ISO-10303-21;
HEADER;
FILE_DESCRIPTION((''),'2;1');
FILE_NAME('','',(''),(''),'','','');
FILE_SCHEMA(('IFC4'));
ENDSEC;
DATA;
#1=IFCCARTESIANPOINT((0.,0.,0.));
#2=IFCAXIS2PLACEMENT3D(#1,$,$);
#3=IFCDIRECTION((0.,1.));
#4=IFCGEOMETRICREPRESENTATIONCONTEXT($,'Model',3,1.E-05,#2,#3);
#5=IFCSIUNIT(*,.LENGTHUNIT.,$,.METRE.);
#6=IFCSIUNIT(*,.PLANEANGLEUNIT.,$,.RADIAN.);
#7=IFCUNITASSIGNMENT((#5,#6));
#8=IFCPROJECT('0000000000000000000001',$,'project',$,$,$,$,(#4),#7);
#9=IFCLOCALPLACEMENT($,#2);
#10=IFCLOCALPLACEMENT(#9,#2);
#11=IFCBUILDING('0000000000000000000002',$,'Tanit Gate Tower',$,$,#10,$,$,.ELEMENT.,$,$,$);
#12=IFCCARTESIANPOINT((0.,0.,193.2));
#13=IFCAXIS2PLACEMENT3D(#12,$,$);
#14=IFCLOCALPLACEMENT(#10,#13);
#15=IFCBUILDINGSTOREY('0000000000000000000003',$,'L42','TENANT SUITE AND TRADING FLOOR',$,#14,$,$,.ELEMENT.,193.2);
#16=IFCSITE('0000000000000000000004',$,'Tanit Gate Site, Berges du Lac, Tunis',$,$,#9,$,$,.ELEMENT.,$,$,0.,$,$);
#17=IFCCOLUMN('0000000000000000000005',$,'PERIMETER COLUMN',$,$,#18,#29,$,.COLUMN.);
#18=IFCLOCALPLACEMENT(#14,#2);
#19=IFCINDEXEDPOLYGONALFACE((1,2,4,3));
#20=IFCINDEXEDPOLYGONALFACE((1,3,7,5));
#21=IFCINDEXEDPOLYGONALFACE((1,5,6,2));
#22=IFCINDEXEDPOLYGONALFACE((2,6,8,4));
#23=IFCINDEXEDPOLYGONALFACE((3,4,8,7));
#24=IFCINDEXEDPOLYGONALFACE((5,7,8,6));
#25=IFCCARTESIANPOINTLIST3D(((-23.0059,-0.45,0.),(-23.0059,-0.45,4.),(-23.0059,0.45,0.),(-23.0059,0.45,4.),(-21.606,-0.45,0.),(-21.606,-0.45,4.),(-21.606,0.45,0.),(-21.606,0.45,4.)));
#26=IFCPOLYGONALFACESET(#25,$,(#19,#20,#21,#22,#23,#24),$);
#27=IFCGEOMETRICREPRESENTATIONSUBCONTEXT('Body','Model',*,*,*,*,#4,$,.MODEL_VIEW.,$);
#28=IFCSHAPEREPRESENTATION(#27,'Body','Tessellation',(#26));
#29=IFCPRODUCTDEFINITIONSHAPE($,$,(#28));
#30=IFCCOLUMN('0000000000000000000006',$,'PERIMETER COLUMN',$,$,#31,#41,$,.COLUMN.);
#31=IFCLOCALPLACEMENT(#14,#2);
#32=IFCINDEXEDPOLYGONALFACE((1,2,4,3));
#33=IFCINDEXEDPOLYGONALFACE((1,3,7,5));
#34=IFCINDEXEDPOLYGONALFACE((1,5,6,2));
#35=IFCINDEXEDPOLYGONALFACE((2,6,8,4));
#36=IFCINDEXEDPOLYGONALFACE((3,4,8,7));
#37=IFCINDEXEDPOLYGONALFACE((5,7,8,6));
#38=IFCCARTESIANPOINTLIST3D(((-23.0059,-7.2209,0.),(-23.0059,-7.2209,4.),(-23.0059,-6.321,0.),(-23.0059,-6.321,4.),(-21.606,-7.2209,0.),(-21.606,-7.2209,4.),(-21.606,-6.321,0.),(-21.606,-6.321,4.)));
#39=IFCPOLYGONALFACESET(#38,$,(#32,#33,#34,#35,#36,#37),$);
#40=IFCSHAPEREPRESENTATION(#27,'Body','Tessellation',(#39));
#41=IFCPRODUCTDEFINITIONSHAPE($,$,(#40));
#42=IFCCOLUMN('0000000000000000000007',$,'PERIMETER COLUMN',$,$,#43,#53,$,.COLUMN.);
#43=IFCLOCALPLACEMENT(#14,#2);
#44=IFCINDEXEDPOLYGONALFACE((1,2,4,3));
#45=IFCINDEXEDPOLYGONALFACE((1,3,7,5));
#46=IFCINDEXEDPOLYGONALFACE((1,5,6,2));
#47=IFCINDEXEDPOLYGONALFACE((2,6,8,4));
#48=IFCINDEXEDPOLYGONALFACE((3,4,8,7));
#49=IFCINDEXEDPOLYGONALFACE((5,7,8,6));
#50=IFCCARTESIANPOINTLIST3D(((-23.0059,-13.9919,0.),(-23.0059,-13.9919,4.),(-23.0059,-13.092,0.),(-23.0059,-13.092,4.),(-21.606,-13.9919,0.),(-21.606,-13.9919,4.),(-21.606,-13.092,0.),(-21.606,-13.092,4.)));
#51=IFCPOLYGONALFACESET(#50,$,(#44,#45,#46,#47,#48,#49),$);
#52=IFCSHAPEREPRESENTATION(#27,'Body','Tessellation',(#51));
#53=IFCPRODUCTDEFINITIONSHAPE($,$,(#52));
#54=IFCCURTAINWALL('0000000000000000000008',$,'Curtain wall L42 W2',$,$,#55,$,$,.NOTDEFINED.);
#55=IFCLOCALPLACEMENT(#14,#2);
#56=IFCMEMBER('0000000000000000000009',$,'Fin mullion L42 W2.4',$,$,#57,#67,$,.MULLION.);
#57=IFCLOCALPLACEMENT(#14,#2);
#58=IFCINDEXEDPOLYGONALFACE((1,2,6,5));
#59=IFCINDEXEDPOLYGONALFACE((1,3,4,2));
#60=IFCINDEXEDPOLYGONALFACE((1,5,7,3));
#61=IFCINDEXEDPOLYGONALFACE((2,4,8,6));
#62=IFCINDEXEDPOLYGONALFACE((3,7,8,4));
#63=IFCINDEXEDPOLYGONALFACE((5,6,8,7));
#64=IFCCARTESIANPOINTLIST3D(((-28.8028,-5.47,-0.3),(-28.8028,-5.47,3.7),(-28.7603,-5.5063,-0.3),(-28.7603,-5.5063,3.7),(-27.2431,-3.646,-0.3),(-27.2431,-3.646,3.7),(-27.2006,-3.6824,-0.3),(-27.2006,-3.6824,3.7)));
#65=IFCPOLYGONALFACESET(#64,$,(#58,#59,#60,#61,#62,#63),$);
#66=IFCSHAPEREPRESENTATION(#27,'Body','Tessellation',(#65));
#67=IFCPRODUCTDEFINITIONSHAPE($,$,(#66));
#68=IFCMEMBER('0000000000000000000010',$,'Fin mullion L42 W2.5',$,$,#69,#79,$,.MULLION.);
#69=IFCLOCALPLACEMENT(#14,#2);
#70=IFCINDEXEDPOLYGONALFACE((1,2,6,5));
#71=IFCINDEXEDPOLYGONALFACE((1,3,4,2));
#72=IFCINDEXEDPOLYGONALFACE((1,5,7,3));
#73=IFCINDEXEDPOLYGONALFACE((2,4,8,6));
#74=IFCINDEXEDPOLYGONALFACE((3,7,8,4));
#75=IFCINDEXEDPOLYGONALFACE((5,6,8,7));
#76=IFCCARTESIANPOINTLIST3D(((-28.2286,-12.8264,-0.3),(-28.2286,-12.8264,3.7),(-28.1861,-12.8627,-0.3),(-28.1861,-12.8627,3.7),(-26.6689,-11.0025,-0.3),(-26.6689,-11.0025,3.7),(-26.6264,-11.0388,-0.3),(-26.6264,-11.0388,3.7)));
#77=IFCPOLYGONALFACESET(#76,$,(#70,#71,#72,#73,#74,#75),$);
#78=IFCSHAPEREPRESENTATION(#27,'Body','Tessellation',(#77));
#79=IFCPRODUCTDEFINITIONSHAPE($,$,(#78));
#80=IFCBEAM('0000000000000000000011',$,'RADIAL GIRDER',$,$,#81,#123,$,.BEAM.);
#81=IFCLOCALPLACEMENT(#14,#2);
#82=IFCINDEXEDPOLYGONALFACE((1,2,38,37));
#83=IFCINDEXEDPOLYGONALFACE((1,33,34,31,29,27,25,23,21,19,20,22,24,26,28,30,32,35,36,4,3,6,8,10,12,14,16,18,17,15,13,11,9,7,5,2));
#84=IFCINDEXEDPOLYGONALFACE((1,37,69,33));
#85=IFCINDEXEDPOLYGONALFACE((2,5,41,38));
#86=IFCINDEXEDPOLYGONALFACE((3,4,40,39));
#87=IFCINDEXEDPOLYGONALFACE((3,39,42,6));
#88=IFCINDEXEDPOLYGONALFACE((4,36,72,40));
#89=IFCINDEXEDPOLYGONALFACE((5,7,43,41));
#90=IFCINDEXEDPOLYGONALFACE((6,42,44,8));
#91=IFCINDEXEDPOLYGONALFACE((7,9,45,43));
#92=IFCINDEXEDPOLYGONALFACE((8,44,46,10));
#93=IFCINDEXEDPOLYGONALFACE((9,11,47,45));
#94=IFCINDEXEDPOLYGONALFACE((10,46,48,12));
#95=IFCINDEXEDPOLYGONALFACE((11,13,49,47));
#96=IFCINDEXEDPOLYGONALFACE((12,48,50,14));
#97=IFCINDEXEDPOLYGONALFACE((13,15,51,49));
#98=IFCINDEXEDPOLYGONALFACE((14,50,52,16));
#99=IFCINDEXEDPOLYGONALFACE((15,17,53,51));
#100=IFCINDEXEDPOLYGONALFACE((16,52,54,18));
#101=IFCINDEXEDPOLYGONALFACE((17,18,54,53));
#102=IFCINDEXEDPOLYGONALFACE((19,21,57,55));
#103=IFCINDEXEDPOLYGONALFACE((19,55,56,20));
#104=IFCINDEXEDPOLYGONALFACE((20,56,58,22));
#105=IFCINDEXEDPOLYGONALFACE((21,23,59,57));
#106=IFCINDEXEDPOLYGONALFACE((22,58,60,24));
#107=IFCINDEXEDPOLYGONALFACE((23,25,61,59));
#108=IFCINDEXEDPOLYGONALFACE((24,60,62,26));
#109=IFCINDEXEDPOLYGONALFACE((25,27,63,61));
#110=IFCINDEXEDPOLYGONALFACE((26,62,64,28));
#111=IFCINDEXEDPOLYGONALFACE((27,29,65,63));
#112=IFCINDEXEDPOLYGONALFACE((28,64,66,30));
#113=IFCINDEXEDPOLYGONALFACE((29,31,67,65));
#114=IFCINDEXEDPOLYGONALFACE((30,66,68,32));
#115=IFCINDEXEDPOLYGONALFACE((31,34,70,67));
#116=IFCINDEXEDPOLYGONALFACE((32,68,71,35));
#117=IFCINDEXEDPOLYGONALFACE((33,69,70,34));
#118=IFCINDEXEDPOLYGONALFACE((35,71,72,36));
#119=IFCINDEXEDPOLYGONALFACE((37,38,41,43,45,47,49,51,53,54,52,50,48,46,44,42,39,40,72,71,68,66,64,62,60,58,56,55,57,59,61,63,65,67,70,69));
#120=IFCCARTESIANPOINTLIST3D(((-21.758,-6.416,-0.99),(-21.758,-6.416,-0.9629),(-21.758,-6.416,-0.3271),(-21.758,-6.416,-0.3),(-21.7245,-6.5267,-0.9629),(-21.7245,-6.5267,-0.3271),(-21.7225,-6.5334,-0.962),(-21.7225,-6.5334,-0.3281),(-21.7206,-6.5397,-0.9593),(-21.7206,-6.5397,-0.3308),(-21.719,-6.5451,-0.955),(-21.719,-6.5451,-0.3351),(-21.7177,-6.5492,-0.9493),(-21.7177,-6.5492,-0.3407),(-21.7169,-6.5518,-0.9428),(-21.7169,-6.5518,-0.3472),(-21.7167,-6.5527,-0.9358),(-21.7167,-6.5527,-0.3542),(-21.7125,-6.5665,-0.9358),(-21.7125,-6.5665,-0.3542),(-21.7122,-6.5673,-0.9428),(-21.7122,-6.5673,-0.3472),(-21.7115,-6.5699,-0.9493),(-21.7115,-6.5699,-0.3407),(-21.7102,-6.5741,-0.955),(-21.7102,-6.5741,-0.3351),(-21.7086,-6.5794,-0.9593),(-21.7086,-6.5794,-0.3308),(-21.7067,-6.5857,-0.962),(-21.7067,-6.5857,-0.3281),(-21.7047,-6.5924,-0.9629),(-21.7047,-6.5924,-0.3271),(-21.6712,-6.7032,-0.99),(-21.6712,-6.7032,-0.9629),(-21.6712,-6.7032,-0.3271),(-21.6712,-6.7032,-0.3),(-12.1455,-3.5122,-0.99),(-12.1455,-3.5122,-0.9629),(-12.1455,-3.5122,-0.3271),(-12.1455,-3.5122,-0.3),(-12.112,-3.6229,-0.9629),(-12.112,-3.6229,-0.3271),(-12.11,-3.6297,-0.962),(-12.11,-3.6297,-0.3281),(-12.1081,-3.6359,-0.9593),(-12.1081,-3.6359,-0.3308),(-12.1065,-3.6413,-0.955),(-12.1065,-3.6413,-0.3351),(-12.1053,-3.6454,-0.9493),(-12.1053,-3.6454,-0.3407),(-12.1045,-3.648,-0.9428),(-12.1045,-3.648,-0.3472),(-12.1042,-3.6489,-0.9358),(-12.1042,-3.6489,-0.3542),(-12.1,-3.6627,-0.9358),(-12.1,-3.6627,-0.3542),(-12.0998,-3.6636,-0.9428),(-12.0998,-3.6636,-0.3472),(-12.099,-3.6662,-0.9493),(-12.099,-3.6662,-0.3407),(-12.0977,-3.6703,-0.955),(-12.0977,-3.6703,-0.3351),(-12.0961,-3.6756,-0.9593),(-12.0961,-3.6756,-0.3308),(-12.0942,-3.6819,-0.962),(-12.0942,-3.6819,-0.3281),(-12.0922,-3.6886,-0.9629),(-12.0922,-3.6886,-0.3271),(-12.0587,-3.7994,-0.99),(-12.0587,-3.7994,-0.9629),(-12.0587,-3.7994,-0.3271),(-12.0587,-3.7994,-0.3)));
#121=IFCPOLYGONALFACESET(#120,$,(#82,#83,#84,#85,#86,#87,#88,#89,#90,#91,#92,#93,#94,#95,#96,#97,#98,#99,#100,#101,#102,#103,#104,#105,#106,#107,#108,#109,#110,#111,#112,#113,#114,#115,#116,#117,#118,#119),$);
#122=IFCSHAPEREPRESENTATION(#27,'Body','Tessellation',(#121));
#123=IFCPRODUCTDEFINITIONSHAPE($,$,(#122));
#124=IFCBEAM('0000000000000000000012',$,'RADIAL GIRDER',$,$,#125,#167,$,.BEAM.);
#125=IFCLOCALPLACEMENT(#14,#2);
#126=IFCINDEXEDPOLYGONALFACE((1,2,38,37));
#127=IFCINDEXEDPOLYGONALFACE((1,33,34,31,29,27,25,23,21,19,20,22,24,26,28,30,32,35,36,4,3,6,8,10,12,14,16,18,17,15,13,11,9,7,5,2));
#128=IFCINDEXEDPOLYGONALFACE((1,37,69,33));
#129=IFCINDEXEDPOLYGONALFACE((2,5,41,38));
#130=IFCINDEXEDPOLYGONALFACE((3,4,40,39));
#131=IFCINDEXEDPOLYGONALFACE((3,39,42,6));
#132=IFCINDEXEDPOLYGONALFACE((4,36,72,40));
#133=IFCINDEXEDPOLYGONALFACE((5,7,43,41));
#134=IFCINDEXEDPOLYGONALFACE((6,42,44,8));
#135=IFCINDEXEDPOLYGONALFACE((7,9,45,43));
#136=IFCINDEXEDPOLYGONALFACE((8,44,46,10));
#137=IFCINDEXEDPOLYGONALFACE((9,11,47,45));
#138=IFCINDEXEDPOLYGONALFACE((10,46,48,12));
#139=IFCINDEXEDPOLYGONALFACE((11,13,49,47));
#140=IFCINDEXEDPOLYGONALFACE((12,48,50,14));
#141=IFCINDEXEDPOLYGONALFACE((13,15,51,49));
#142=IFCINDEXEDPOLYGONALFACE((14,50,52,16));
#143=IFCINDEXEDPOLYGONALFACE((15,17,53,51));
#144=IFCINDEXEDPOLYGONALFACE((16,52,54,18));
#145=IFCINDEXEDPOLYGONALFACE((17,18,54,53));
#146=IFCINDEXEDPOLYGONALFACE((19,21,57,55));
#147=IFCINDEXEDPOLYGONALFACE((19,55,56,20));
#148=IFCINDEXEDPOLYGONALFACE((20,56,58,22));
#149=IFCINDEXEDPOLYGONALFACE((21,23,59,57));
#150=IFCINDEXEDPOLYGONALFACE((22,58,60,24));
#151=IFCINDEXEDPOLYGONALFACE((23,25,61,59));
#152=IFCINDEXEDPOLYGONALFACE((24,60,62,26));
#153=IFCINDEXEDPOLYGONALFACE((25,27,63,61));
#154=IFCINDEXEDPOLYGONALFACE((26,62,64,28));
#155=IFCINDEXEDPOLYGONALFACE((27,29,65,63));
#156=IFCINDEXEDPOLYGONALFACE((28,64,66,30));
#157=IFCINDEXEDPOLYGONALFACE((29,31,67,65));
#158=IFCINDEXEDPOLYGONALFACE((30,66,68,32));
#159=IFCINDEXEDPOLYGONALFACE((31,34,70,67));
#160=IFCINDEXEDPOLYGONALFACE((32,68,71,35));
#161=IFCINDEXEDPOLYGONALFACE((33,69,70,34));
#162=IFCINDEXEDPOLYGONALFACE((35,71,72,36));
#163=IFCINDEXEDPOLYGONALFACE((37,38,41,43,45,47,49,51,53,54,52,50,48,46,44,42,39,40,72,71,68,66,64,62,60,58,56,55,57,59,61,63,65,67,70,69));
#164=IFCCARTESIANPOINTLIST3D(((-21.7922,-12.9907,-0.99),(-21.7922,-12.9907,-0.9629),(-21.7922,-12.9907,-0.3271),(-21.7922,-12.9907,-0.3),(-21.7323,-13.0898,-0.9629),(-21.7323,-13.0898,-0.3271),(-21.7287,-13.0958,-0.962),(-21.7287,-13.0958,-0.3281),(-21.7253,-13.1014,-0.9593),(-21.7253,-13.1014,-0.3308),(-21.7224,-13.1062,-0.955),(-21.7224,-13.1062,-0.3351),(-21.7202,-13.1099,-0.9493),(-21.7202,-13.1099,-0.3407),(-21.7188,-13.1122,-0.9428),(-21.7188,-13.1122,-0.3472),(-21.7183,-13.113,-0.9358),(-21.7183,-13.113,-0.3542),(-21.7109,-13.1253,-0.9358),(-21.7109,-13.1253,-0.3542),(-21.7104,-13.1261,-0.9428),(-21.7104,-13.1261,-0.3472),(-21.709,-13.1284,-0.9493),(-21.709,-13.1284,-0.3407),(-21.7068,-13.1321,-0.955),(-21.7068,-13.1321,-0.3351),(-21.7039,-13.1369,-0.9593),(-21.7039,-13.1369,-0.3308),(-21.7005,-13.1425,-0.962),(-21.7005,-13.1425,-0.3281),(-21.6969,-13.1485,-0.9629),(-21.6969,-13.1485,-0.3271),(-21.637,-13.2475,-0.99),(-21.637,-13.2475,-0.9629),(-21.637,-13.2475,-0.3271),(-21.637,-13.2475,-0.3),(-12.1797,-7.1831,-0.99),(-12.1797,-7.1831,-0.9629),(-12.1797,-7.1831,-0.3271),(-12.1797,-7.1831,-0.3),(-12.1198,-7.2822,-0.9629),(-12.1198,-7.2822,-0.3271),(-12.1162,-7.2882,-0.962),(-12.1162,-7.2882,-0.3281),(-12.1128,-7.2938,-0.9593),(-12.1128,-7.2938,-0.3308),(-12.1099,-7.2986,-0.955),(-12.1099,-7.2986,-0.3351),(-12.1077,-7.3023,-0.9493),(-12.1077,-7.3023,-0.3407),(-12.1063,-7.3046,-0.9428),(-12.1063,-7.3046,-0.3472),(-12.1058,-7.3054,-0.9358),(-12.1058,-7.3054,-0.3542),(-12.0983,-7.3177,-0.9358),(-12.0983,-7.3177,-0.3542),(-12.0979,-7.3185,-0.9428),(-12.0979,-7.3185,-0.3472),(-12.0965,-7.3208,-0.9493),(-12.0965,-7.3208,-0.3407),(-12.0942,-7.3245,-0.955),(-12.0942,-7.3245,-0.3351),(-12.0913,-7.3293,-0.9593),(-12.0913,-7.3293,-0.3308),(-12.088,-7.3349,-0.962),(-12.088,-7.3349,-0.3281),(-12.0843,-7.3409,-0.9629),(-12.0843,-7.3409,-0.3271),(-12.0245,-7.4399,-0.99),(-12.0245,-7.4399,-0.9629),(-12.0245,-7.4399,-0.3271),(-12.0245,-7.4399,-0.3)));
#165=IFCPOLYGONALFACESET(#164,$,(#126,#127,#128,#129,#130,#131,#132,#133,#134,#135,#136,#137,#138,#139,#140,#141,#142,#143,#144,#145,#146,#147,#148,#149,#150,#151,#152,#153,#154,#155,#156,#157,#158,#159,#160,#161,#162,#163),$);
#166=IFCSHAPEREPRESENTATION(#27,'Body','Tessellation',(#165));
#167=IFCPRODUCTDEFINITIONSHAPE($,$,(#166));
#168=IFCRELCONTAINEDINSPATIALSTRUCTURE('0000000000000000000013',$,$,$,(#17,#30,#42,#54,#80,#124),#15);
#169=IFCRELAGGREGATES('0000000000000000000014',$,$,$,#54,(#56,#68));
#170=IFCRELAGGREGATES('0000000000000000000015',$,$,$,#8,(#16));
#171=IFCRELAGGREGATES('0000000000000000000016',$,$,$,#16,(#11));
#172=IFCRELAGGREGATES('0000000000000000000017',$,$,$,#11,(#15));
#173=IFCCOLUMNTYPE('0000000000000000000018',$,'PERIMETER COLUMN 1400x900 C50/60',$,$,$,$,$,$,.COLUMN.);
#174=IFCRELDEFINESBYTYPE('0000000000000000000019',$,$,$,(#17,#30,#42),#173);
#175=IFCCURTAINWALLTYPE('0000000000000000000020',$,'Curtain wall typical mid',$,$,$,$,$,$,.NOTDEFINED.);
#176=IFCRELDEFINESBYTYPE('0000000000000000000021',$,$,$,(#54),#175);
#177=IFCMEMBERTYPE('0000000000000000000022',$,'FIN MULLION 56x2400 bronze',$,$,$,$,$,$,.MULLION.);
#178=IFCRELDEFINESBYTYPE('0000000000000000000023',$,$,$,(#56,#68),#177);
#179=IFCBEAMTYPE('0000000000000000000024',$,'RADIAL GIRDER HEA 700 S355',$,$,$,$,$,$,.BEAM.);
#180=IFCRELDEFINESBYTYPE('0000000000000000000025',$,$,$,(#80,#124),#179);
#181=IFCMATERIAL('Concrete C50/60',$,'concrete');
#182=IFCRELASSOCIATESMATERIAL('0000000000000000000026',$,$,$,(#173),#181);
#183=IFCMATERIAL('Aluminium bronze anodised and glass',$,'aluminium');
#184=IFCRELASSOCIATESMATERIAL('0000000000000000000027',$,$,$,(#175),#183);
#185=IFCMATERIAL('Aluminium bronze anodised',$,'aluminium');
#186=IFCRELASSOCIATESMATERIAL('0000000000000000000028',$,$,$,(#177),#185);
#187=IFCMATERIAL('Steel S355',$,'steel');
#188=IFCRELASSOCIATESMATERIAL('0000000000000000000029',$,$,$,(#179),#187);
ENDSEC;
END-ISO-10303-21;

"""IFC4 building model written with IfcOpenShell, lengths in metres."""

from ifc_helpers import new_model, si_unit, direction, frame, origin, origin_2d, place, context, subcontext, project, spatial, rectangle, i_section, extrude, material, material_profile, profile_set, type_object, element, aggregate, save


model = new_model("IFC4")

# Units and contexts
model_context = context("Model", 3, precision=1e-05, world=origin(), true_north=direction((0.0, 1.0)))
body_context = subcontext(model_context, "Body", "Model", "MODEL_VIEW")
ifc_project = project(units=[si_unit("LENGTHUNIT", "METRE"), si_unit("PLANEANGLEUNIT", "RADIAN")], contexts=[model_context])

# Site, building, storey
site_placement = place(None, origin())
site = spatial("IfcSite", under=ifc_project, at=site_placement, Name="Tanit Gate Site, Berges du Lac, Tunis", CompositionType="ELEMENT", RefElevation=0.0)
building_placement = place(site_placement, origin())
building = spatial("IfcBuilding", under=site, at=building_placement, Name="Tanit Gate Tower", CompositionType="ELEMENT")
storey_placement = place(building_placement, frame((0.0, 0.0, 193.2)))
storey = spatial("IfcBuildingStorey", under=building, at=storey_placement, Name="L42", Description="TENANT SUITE AND TRADING FLOOR", CompositionType="ELEMENT", Elevation=193.2)

# Columns
ifc_material_1 = material(Name="Concrete C50/60", Category="concrete")
ifc_material_profile_1 = material_profile(ifc_material_1, rectangle(XDim=1.3999, YDim=0.8999, at=origin_2d()), Name="RC 1400x900")
ifc_profile_set_1 = profile_set([ifc_material_profile_1], Name="Concrete C50/60")
column_type = type_object("IfcColumnType", Name="PERIMETER COLUMN 1400x900 C50/60", PredefinedType="COLUMN", material=ifc_profile_set_1)
for number, where, z_axis, x_axis, name in (
    (1, (-22.3059, 0.0, 0.0), (0.0, 0.0, 1.0), (-1.0, 0.0, 0.0), "PERIMETER COLUMN"),
    (2, (-22.3059, -6.771, 0.0), (0.0, 0.0, 1.0), (-1.0, 0.0, 0.0), "PERIMETER COLUMN"),
    (3, (-22.3059, -13.542, 0.0), (0.0, 0.0, 1.0), (-1.0, 0.0, 0.0), "PERIMETER COLUMN"),
):
    element("IfcColumn", number, at=place(storey_placement, frame(where, z_axis=z_axis, x_axis=x_axis)), inside=storey, type_object=column_type, Name=name, PredefinedType="COLUMN", context=body_context, shape_type="SweptSolid", body=[
        extrude(rectangle(XDim=1.3999, YDim=0.8999, at=origin_2d()), origin(), (0.0, 0.0, 1.0), 4.0),
    ])

# Curtain wall, members
ifc_material_2 = material(Name="Aluminium bronze anodised and glass", Category="aluminium")
curtain_wall_type = type_object("IfcCurtainWallType", Name="Curtain wall typical mid", PredefinedType="NOTDEFINED", material=ifc_material_2)
curtain_wall_placement = place(storey_placement, origin())
curtain_wall = element("IfcCurtainWall", 4, at=curtain_wall_placement, inside=storey, type_object=curtain_wall_type, Name="Curtain wall L42 W2", PredefinedType="NOTDEFINED")
ifc_material_3 = material(Name="Aluminium bronze anodised", Category="aluminium")
ifc_material_profile_2 = material_profile(ifc_material_3, rectangle(XDim=2.3999, YDim=0.0559, at=origin_2d()), Name="56x2400 bronze fin mullion")
ifc_profile_set_2 = profile_set([ifc_material_profile_2], Name="Aluminium bronze anodised")
member_type_1 = type_object("IfcMemberType", Name="FIN MULLION 56x2400 bronze", PredefinedType="MULLION", material=ifc_profile_set_2)
member_1_placement = place(storey_placement, frame((-28.0017, -4.5762, -0.3), z_axis=(0.0, 0.0, 1.0), x_axis=(0.649921, 0.760002, 0.0)))
member_1 = element("IfcMember", 5, at=member_1_placement, type_object=member_type_1, Name="Fin mullion L42 W2.4", PredefinedType="MULLION", context=body_context, shape_type="SweptSolid", body=[
    extrude(rectangle(XDim=2.3999, YDim=0.0559, at=origin_2d()), origin(), (0.0, 0.0, 1.0), 4.0),
])
member_2_placement = place(storey_placement, frame((-27.4275, -11.9326, -0.3), z_axis=(0.0, 0.0, 1.0), x_axis=(0.649921, 0.760002, 0.0)))
member_2 = element("IfcMember", 6, at=member_2_placement, type_object=member_type_1, Name="Fin mullion L42 W2.5", PredefinedType="MULLION", context=body_context, shape_type="SweptSolid", body=[
    extrude(rectangle(XDim=2.3999, YDim=0.0559, at=origin_2d()), origin(), (0.0, 0.0, 1.0), 4.0),
])

# Beams
ifc_material_4 = material(Name="Steel S355", Category="steel")
ifc_material_profile_3 = material_profile(ifc_material_4, i_section(OverallWidth=0.3, OverallDepth=0.6899, WebThickness=0.0144, FlangeThickness=0.0271, FilletRadius=0.0271, at=origin_2d()), Name="HEA 700")
ifc_profile_set_3 = profile_set([ifc_material_profile_3], Name="Steel S355")
beam_type_1 = type_object("IfcBeamType", Name="RADIAL GIRDER HEA 700 S355", PredefinedType="BEAM", material=ifc_profile_set_3)
beam_1_placement = place(storey_placement, frame((-21.7146, -6.5596, -0.645), z_axis=(0.957275, 0.289179, 0.0), x_axis=(-0.289179, 0.957275, 0.0)))
element("IfcBeam", 7, at=beam_1_placement, inside=storey, type_object=beam_type_1, Name="RADIAL GIRDER", PredefinedType="BEAM", context=body_context, shape_type="SweptSolid", body=[
    extrude(i_section(OverallWidth=0.3, OverallDepth=0.6899, WebThickness=0.0144, FlangeThickness=0.0271, FilletRadius=0.0271, at=origin_2d()), origin(), (0.0, 0.0, 1.0), 10.0415),
])
beam_2_placement = place(storey_placement, frame((-21.7146, -13.1191, -0.645), z_axis=(0.855914, 0.517118, 0.0), x_axis=(-0.517118, 0.855914, 0.0)))
element("IfcBeam", 8, at=beam_2_placement, inside=storey, type_object=beam_type_1, Name="RADIAL GIRDER", PredefinedType="BEAM", context=body_context, shape_type="SweptSolid", body=[
    extrude(i_section(OverallWidth=0.3, OverallDepth=0.6899, WebThickness=0.0144, FlangeThickness=0.0271, FilletRadius=0.0271, at=origin_2d()), origin(), (0.0, 0.0, 1.0), 11.2307),
])

aggregate(curtain_wall, [member_1, member_2])

save(model, "model.ifc")
